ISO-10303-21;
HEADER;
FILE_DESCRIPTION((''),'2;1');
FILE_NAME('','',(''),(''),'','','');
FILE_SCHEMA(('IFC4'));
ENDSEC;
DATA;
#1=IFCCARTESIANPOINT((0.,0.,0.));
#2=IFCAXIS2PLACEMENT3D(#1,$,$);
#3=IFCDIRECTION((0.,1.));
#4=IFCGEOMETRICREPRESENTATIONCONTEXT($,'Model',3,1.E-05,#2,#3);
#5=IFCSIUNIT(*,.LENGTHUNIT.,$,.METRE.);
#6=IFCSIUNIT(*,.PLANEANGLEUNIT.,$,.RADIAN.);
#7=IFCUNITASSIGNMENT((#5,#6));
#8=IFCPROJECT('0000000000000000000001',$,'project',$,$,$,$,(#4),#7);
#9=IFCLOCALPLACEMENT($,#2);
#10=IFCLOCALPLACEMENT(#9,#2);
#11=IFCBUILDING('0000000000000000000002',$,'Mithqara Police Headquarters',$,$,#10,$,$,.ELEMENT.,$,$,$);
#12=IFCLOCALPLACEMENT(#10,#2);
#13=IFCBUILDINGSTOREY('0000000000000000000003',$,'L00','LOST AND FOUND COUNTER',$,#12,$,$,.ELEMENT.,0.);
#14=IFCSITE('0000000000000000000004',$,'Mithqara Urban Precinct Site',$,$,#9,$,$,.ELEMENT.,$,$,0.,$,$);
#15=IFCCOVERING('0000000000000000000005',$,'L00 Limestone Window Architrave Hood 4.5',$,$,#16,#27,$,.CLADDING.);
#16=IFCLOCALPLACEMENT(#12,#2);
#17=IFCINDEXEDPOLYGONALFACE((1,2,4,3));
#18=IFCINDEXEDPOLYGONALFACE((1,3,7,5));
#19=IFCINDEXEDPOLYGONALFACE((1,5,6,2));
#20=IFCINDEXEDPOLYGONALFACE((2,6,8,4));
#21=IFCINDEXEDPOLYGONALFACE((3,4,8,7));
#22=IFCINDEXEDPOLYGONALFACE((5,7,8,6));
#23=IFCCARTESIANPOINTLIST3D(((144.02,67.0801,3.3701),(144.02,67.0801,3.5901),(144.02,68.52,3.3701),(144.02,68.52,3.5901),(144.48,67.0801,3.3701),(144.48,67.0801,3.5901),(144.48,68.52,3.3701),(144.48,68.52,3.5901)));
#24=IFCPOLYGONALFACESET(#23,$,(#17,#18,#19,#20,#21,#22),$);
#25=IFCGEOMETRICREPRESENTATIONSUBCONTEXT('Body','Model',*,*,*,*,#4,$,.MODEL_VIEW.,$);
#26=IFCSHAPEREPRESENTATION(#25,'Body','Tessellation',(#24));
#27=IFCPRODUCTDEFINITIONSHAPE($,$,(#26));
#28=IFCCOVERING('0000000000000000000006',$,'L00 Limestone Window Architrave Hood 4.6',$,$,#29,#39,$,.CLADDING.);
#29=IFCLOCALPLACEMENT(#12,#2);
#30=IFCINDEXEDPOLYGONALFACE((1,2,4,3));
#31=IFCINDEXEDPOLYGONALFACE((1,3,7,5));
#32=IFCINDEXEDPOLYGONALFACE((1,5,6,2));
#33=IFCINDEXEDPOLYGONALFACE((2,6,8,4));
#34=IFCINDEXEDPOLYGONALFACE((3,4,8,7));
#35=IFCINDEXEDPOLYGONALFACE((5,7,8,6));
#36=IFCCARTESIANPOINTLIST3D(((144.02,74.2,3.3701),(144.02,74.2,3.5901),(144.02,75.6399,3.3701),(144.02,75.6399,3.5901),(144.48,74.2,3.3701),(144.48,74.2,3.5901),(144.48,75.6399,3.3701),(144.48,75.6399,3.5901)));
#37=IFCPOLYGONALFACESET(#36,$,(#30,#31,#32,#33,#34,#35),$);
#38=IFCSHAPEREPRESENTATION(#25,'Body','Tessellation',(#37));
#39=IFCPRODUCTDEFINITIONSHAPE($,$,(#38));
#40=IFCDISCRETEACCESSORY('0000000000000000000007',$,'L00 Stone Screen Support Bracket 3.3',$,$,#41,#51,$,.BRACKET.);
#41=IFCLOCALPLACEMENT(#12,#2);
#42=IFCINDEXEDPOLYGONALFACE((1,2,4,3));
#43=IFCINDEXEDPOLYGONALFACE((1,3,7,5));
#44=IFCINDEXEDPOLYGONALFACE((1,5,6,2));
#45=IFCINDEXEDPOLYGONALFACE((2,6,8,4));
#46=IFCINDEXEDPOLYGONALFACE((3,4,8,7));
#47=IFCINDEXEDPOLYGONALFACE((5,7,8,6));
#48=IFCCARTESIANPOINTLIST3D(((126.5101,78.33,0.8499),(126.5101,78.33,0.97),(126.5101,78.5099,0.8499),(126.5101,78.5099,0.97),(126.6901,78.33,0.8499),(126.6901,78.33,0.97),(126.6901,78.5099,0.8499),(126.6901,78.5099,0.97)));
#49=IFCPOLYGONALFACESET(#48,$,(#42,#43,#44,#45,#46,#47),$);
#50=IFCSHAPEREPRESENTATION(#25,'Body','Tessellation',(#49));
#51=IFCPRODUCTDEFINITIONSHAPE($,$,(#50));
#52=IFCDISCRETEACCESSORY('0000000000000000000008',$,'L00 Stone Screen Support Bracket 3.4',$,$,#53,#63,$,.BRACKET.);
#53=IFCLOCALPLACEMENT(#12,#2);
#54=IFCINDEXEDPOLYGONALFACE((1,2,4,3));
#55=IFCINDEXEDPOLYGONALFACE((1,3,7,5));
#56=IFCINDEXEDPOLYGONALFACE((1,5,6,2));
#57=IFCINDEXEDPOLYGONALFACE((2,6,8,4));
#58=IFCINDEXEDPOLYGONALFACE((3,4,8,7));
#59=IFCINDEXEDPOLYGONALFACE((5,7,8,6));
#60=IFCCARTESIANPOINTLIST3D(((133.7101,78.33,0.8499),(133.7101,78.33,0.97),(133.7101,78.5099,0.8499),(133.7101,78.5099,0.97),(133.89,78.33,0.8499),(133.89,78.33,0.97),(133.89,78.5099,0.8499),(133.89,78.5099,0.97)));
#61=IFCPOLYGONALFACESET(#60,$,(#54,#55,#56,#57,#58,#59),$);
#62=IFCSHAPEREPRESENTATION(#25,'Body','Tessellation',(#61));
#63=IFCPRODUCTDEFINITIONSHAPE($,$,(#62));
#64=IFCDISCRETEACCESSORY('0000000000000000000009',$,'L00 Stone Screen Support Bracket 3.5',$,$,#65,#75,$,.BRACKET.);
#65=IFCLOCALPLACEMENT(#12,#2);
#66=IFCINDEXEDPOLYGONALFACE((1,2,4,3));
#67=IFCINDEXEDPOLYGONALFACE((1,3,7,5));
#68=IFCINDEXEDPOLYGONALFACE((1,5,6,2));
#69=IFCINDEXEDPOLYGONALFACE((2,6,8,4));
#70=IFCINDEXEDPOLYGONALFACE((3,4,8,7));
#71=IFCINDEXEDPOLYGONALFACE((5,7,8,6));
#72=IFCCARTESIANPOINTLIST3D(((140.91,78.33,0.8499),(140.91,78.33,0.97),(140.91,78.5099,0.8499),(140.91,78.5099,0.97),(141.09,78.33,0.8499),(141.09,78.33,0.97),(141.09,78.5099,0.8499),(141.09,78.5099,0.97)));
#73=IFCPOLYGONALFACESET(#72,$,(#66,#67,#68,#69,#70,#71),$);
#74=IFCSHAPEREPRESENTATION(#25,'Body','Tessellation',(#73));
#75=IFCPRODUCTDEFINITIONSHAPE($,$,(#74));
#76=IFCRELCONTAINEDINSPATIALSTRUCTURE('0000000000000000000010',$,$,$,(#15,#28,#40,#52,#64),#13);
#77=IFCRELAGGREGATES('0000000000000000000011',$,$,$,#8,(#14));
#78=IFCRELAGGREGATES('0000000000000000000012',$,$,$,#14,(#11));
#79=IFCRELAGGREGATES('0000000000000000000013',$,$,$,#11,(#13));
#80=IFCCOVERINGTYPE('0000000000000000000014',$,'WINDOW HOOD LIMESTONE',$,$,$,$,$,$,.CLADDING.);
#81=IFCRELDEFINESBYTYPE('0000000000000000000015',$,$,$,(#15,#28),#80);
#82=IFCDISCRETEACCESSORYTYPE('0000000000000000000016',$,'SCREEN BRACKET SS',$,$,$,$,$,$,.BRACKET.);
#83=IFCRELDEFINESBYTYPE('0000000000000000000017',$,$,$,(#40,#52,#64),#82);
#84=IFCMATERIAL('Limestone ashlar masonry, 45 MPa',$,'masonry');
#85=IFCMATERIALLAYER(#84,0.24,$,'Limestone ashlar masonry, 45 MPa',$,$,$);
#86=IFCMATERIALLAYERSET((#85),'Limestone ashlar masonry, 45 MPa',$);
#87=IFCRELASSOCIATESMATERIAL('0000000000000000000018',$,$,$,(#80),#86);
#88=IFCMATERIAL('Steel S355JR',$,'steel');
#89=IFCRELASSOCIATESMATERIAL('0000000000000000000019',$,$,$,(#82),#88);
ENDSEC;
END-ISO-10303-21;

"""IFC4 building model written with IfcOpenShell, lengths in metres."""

from ifc_helpers import new_model, si_unit, direction, frame, origin, origin_2d, place, context, subcontext, project, spatial, rectangle, extrude, material, layer, layer_set, type_object, element, save


model = new_model("IFC4")

# Units and contexts
model_context = context("Model", 3, precision=1e-05, world=origin(), true_north=direction((0.0, 1.0)))
body_context = subcontext(model_context, "Body", "Model", "MODEL_VIEW")
ifc_project = project(units=[si_unit("LENGTHUNIT", "METRE"), si_unit("PLANEANGLEUNIT", "RADIAN")], contexts=[model_context])

# Site, building, storey
site_placement = place(None, origin())
site = spatial("IfcSite", under=ifc_project, at=site_placement, Name="Mithqara Urban Precinct Site", CompositionType="ELEMENT", RefElevation=0.0)
building_placement = place(site_placement, origin())
building = spatial("IfcBuilding", under=site, at=building_placement, Name="Mithqara Police Headquarters", CompositionType="ELEMENT")
storey_placement = place(building_placement, origin())
storey = spatial("IfcBuildingStorey", under=building, at=storey_placement, Name="L00", Description="LOST AND FOUND COUNTER", CompositionType="ELEMENT", Elevation=0.0)

# Shared definitions
ifc_material_1 = material(Name="Steel S355JR", Category="steel")

# Shared definitions
ifc_material_2 = material(Name="Limestone ashlar masonry, 45 MPa", Category="masonry")

# Coverings
ifc_layer_1 = layer(ifc_material_2, 0.24, Name="Limestone ashlar masonry, 45 MPa")
ifc_layer_set_1 = layer_set([ifc_layer_1], Name="Limestone ashlar masonry, 45 MPa")
covering_type = type_object("IfcCoveringType", Name="WINDOW HOOD LIMESTONE", PredefinedType="CLADDING", material=ifc_layer_set_1)
for number, where, z_axis, x_axis, name in (
    (1, (144.25, 67.8, 3.3701), (0.0, 0.0, 1.0), (0.0, 1.0, 0.0), "L00 Limestone Window Architrave Hood 4.5"),
    (2, (144.25, 74.9199, 3.3701), (0.0, 0.0, 1.0), (0.0, 1.0, 0.0), "L00 Limestone Window Architrave Hood 4.6"),
):
    element("IfcCovering", number, at=place(storey_placement, frame(where, z_axis=z_axis, x_axis=x_axis)), inside=storey, type_object=covering_type, Name=name, PredefinedType="CLADDING", context=body_context, shape_type="SweptSolid", body=[
        extrude(rectangle(XDim=1.4399, YDim=0.46, at=origin_2d()), origin(), (0.0, 0.0, 1.0), 0.22),
    ])

# Discrete accessories
discrete_accessory_type = type_object("IfcDiscreteAccessoryType", Name="SCREEN BRACKET SS", PredefinedType="BRACKET", material=ifc_material_1)
for number, where, z_axis, x_axis, name in (
    (3, (126.6001, 78.4199, 0.8499), (0.0, 0.0, 1.0), (1.0, 0.0, 0.0), "L00 Stone Screen Support Bracket 3.3"),
    (4, (133.8, 78.4199, 0.8499), (0.0, 0.0, 1.0), (1.0, 0.0, 0.0), "L00 Stone Screen Support Bracket 3.4"),
    (5, (141.0, 78.4199, 0.8499), (0.0, 0.0, 1.0), (1.0, 0.0, 0.0), "L00 Stone Screen Support Bracket 3.5"),
):
    element("IfcDiscreteAccessory", number, at=place(storey_placement, frame(where, z_axis=z_axis, x_axis=x_axis)), inside=storey, type_object=discrete_accessory_type, Name=name, PredefinedType="BRACKET", context=body_context, shape_type="SweptSolid", body=[
        extrude(rectangle(XDim=0.1799, YDim=0.1799, at=origin_2d()), origin(), (0.0, 0.0, 1.0), 0.1201),
    ])

save(model, "model.ifc")
